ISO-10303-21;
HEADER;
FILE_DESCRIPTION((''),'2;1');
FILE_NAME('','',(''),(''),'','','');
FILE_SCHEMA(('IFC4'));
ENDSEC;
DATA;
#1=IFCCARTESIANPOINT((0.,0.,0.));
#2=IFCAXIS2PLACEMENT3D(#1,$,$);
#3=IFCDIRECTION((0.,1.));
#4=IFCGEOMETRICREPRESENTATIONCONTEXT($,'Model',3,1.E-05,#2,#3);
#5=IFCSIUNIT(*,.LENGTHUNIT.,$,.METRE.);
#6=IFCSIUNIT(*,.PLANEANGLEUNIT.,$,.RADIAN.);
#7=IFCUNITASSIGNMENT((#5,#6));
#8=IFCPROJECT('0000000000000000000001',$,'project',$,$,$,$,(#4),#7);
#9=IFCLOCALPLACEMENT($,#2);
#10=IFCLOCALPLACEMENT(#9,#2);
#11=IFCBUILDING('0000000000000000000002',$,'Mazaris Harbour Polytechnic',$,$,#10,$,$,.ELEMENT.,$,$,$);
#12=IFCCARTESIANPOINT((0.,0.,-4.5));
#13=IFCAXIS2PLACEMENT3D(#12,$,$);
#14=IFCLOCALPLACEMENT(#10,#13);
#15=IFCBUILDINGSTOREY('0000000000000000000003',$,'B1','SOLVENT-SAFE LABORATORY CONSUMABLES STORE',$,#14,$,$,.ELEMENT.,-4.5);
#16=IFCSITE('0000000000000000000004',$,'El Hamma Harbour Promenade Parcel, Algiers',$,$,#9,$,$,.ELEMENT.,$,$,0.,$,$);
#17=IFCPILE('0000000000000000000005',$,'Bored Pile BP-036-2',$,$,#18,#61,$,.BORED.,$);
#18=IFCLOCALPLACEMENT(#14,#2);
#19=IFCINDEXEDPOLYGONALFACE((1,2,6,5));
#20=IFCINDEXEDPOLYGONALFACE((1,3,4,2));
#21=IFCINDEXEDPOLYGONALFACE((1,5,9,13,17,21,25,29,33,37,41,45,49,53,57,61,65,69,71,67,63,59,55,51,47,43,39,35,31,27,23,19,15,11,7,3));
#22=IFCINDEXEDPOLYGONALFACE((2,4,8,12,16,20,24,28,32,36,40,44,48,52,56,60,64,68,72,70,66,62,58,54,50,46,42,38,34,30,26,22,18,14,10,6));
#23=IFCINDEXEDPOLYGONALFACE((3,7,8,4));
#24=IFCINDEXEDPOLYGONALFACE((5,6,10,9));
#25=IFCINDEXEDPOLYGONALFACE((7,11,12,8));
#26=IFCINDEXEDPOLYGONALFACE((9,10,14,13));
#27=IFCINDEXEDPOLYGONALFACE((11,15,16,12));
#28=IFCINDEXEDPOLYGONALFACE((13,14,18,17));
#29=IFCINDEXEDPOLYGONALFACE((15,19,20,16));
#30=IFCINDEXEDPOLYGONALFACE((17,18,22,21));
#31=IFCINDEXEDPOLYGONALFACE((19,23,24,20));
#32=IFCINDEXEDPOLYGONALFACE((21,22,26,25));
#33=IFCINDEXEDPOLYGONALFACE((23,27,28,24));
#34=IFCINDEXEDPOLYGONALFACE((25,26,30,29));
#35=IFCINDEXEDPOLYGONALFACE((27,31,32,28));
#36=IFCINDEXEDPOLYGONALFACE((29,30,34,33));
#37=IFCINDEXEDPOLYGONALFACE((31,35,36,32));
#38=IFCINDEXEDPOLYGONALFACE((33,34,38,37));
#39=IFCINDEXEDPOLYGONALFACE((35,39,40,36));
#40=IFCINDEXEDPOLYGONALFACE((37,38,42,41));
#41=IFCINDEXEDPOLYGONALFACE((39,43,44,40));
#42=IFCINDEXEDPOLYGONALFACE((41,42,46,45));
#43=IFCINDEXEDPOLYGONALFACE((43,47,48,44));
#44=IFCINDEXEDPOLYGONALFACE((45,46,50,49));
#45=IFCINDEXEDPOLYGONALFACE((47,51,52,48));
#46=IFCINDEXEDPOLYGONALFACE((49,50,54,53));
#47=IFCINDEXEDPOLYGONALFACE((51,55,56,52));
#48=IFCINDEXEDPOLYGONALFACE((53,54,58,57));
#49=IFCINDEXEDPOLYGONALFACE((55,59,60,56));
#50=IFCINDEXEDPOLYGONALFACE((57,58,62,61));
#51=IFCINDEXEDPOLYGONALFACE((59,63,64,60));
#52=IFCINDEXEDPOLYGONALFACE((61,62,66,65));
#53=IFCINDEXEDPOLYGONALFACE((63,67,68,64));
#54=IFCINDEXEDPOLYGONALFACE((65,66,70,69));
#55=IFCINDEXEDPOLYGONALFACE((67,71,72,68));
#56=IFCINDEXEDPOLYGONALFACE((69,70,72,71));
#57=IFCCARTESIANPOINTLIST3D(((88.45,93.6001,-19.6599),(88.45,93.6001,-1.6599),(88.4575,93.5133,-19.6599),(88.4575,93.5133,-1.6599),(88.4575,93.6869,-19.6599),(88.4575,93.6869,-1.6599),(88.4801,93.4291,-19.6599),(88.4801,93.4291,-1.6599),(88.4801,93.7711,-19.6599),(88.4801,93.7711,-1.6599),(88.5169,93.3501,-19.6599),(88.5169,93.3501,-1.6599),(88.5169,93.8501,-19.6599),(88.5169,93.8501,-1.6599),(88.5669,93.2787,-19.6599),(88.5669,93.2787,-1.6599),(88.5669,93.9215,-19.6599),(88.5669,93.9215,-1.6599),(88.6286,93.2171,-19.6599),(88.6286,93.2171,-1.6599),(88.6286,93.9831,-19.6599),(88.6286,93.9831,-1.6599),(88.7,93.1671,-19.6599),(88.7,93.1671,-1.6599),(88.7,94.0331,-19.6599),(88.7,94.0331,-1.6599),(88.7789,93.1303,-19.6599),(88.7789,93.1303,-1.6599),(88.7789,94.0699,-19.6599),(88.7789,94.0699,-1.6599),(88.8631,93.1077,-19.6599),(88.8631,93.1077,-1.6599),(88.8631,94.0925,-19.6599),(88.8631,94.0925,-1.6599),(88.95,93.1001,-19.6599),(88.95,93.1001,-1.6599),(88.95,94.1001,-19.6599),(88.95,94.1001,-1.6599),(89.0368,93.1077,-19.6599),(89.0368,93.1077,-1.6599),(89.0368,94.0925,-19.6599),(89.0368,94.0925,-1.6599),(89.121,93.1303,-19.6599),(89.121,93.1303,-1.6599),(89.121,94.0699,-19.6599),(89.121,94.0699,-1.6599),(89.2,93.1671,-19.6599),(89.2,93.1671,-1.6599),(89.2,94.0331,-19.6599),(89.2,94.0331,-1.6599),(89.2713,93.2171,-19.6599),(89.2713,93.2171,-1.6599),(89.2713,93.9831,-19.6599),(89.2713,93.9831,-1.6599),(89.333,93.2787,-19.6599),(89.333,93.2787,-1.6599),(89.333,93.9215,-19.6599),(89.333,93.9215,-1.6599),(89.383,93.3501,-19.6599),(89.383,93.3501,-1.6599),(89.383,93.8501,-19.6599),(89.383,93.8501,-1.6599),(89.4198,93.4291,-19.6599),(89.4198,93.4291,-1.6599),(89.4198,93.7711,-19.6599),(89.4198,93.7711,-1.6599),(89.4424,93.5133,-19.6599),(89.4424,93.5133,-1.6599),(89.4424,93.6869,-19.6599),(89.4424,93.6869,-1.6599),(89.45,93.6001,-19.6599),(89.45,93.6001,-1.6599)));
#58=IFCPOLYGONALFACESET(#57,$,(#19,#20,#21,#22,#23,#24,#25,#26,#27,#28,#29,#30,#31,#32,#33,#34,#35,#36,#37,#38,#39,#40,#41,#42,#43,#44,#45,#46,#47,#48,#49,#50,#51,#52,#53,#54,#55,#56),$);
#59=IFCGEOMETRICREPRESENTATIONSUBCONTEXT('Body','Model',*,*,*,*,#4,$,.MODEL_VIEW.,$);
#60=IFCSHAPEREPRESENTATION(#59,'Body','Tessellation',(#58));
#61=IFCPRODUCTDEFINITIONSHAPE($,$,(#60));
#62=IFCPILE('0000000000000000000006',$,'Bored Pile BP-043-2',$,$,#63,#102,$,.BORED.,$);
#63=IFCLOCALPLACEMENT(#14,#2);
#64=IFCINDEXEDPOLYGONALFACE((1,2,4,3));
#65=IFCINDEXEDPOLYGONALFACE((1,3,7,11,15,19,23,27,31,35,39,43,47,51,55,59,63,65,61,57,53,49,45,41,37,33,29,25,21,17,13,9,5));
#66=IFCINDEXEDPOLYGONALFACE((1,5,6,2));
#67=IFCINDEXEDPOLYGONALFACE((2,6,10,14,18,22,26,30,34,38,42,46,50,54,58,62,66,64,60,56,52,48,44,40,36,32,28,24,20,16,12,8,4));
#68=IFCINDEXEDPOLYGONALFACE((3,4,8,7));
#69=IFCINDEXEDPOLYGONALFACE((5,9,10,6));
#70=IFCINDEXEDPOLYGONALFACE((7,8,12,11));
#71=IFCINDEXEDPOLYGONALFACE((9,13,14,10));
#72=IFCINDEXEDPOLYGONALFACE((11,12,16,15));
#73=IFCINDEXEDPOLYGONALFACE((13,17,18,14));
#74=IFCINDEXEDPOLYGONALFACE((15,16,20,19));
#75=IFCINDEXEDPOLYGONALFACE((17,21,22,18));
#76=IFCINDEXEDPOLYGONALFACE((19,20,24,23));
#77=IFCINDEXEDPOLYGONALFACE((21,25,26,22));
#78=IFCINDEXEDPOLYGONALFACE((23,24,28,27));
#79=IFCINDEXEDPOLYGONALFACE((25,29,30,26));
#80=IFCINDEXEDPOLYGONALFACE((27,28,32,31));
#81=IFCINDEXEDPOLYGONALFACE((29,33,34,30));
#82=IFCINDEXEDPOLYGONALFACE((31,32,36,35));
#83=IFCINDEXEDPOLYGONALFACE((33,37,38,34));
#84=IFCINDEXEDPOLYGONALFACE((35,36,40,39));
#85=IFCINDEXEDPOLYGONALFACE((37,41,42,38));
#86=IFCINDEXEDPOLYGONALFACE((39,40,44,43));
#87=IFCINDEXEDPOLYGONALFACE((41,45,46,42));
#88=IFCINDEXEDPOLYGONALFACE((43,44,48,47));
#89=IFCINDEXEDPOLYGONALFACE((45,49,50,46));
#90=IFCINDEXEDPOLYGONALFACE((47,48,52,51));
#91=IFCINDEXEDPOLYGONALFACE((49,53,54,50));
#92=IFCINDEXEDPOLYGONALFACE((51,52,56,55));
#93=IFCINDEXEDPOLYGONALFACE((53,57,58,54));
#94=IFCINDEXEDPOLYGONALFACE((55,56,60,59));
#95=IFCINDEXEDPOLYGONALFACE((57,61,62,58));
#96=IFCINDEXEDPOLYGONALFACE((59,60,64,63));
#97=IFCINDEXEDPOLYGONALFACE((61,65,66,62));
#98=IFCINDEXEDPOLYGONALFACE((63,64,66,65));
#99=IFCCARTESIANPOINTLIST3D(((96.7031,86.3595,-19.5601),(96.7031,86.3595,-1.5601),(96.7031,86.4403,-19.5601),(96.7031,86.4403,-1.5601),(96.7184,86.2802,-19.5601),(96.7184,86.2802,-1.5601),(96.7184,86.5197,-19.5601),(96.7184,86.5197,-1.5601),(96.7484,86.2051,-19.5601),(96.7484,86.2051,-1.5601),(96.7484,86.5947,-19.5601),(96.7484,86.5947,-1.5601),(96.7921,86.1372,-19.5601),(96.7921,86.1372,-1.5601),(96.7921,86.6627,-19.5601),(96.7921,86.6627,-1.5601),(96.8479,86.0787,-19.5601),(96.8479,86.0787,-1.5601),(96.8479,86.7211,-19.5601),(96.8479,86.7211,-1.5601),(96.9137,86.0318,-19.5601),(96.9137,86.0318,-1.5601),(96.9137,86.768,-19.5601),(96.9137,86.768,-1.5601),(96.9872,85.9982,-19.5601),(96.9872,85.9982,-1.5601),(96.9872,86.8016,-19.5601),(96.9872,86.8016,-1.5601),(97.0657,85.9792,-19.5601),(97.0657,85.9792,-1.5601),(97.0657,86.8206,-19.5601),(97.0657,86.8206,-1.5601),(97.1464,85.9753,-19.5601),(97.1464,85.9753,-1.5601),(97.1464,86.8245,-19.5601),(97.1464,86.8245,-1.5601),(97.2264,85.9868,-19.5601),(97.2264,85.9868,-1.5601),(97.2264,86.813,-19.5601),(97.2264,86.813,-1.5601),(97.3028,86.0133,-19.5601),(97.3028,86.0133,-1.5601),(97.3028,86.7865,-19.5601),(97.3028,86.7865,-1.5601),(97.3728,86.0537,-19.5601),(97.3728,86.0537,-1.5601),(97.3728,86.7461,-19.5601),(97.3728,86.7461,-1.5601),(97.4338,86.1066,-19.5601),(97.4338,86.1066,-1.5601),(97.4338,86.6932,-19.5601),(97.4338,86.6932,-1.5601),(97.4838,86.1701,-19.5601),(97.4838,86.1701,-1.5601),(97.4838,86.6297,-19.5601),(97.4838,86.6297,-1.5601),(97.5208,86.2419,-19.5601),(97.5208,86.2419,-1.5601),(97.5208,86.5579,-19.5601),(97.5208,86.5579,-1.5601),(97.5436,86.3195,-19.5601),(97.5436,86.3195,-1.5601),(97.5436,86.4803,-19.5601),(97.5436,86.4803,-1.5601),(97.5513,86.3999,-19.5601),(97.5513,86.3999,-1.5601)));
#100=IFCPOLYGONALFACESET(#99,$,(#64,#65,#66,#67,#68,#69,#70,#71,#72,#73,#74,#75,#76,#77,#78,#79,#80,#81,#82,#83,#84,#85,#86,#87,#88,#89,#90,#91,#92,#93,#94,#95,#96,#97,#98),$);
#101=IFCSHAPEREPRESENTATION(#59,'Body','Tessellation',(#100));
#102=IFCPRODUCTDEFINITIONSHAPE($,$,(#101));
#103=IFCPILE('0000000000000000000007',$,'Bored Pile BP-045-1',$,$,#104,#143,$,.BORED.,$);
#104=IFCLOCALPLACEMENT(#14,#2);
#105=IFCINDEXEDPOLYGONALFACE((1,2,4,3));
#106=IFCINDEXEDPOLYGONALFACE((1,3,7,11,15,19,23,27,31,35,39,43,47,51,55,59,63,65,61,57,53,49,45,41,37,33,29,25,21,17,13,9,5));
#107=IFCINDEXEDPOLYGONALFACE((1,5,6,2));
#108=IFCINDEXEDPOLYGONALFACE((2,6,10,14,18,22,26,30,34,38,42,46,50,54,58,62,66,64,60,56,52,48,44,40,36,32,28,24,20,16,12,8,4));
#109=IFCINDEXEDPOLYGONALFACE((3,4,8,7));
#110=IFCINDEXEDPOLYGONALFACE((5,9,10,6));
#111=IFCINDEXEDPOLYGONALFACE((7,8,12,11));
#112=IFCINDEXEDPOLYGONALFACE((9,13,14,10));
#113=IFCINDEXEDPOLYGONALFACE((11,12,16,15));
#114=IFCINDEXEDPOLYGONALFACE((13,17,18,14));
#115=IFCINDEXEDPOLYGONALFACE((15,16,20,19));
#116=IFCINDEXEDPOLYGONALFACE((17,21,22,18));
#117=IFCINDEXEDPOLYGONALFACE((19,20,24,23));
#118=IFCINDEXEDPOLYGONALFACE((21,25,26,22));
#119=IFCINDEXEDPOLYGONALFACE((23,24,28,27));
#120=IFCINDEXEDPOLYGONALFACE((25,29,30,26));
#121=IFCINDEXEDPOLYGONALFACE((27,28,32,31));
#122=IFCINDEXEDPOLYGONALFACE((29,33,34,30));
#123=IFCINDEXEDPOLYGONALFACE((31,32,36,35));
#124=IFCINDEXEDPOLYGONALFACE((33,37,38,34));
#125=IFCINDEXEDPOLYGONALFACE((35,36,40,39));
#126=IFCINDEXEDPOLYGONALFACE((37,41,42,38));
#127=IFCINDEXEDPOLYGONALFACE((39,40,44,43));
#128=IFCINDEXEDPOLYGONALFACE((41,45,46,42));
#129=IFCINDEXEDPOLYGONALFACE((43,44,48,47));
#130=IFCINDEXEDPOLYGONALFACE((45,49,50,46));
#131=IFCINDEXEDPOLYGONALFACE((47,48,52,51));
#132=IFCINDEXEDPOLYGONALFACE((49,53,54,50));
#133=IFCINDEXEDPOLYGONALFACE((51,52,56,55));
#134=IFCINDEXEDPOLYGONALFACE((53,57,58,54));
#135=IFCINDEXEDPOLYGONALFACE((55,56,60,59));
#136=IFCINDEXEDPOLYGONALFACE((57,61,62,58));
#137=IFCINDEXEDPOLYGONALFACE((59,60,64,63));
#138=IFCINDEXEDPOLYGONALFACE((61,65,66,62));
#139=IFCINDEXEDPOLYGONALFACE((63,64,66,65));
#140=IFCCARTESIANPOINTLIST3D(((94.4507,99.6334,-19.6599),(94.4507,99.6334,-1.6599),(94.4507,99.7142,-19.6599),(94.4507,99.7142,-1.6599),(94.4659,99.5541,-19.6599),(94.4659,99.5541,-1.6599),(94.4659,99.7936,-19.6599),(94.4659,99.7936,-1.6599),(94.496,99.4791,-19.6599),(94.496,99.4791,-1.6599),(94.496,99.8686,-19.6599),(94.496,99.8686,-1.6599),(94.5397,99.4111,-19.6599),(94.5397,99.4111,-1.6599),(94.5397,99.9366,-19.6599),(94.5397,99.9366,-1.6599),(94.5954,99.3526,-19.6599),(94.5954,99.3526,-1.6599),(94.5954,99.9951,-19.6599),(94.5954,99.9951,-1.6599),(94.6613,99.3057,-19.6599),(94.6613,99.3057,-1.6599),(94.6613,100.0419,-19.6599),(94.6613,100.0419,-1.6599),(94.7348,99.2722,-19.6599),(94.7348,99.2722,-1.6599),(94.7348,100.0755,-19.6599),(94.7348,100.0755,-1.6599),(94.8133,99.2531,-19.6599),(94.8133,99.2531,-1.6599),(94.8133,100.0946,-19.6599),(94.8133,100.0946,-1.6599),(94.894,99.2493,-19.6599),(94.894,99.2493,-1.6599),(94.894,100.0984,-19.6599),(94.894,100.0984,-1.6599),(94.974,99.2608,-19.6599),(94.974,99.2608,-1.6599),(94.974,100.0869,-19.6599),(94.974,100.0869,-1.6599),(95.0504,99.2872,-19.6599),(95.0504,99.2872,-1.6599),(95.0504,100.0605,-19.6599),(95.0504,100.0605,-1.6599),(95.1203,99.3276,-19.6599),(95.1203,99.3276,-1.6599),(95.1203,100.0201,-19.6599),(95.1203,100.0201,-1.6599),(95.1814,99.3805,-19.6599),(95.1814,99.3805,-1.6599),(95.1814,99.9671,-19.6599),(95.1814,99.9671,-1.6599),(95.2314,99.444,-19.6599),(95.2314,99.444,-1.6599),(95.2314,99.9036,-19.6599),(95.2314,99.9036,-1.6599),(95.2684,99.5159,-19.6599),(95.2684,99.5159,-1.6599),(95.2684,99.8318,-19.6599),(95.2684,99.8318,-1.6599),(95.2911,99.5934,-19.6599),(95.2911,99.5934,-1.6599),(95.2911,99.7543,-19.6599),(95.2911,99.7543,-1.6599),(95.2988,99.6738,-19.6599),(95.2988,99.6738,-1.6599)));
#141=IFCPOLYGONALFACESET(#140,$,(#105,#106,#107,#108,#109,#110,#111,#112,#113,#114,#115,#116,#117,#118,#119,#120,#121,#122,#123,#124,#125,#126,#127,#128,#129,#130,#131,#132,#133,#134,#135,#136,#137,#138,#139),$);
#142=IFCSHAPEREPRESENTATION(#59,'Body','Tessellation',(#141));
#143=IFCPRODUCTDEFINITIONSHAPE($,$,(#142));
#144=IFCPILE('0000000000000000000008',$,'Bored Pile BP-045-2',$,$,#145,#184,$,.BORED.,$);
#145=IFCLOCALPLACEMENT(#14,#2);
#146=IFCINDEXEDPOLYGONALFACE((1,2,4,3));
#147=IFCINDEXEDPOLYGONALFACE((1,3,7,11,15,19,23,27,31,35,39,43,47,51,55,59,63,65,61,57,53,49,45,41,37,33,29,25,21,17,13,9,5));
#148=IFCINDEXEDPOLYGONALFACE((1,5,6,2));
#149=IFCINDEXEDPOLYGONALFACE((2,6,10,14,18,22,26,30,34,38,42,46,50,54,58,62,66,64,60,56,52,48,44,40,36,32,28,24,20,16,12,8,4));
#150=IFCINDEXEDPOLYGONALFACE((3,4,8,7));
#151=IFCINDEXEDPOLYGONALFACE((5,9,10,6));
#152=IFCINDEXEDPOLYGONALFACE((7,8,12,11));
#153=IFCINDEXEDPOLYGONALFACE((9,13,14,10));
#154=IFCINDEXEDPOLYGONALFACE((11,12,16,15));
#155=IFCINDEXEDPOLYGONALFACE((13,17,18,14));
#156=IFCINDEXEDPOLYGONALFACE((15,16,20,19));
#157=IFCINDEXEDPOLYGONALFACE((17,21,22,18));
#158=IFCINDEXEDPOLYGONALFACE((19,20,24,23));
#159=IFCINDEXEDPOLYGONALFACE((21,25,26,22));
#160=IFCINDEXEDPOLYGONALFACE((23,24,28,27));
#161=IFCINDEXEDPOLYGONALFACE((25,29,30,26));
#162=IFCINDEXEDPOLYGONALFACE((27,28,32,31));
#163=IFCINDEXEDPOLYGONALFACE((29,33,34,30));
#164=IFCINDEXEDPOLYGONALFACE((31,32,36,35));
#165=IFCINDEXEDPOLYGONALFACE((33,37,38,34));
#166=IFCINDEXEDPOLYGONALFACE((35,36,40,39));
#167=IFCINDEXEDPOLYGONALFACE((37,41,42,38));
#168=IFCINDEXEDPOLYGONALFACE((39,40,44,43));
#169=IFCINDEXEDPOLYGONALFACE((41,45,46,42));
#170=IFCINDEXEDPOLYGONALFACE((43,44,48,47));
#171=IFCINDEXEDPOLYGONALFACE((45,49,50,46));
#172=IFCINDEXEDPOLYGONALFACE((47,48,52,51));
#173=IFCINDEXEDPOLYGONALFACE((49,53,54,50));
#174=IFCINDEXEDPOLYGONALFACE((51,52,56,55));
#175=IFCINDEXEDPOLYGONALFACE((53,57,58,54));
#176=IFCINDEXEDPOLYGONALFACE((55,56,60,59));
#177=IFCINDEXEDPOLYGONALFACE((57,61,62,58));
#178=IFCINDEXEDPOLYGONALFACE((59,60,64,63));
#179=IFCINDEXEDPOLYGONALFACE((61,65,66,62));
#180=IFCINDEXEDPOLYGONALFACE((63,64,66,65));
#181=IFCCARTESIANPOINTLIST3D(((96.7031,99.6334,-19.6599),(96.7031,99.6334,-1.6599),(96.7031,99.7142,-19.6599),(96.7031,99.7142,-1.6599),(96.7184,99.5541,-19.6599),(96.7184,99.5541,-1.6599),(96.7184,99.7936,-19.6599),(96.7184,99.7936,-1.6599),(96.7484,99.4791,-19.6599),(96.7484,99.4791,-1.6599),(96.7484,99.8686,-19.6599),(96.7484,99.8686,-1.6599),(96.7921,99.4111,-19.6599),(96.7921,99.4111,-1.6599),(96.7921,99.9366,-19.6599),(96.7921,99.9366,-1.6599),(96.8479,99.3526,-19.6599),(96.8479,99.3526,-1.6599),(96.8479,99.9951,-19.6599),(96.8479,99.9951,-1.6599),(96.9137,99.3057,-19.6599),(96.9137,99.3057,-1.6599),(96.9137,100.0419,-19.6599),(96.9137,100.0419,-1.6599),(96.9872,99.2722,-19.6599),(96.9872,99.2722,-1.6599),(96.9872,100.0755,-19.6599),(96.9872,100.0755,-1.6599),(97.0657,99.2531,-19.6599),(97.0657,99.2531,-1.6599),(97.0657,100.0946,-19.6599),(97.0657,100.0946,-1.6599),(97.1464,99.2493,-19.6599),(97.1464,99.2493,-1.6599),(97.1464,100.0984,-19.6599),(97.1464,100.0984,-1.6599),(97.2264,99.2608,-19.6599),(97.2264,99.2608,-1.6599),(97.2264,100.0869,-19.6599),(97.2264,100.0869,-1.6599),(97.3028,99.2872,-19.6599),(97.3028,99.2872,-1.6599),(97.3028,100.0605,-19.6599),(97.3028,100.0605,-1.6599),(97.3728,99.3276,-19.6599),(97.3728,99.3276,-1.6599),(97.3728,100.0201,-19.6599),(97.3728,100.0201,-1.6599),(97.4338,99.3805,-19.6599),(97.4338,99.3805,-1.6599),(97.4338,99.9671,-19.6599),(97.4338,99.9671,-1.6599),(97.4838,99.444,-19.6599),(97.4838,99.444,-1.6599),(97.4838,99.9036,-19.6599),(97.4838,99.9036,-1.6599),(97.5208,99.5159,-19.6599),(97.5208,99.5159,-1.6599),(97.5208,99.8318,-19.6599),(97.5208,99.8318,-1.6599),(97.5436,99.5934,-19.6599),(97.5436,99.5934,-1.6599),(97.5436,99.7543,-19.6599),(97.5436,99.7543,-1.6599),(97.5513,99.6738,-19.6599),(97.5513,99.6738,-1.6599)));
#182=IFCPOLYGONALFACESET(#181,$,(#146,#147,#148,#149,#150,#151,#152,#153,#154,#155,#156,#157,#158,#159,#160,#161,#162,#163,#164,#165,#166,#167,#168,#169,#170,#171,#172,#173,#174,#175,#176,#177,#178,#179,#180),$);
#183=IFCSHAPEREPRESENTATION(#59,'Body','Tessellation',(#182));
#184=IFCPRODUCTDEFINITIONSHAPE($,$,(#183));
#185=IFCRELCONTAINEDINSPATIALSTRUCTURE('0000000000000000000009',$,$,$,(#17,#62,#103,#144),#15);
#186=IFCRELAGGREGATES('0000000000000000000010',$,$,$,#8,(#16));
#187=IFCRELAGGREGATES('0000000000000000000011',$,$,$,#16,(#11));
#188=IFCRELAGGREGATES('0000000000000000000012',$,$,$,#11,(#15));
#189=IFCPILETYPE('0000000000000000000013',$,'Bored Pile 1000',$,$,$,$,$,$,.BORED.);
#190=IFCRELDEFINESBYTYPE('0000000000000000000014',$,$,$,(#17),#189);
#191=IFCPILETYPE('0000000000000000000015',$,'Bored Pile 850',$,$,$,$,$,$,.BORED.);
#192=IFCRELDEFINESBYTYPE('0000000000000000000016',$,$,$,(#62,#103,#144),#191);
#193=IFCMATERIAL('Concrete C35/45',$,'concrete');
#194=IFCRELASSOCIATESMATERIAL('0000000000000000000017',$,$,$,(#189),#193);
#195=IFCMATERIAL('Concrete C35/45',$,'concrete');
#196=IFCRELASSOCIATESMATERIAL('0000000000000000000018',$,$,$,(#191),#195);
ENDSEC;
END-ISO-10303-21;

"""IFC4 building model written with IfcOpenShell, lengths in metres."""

from ifc_helpers import new_model, si_unit, direction, frame, origin, origin_2d, place, context, subcontext, project, spatial, circle, extrude, material, material_profile, profile_set, type_object, element, save


model = new_model("IFC4")

# Units and contexts
model_context = context("Model", 3, precision=1e-05, world=origin(), true_north=direction((0.0, 1.0)))
body_context = subcontext(model_context, "Body", "Model", "MODEL_VIEW")
ifc_project = project(units=[si_unit("LENGTHUNIT", "METRE"), si_unit("PLANEANGLEUNIT", "RADIAN")], contexts=[model_context])

# Site, building, storey
site_placement = place(None, origin())
site = spatial("IfcSite", under=ifc_project, at=site_placement, Name="El Hamma Harbour Promenade Parcel, Algiers", CompositionType="ELEMENT", RefElevation=0.0)
building_placement = place(site_placement, origin())
building = spatial("IfcBuilding", under=site, at=building_placement, Name="Mazaris Harbour Polytechnic", CompositionType="ELEMENT")
storey_placement = place(building_placement, frame((0.0, 0.0, -4.5)))
storey = spatial("IfcBuildingStorey", under=building, at=storey_placement, Name="B1", Description="SOLVENT-SAFE LABORATORY CONSUMABLES STORE", CompositionType="ELEMENT", Elevation=-4.5)

# Piles
ifc_material_1 = material(Name="Concrete C35/45", Category="concrete")
ifc_material_profile_1 = material_profile(ifc_material_1, circle(Radius=0.5, at=origin_2d()), Name="DIA1000")
ifc_profile_set_1 = profile_set([ifc_material_profile_1], Name="Concrete C35/45")
pile_type_1 = type_object("IfcPileType", Name="Bored Pile 1000", PredefinedType="BORED", material=ifc_profile_set_1)
pile_placement = place(storey_placement, frame((88.95, 93.6001, -1.6599), z_axis=(0.0, 0.0, -1.0), x_axis=(1.0, 0.0, 0.0)))
element("IfcPile", 1, at=pile_placement, inside=storey, type_object=pile_type_1, Name="Bored Pile BP-036-2", PredefinedType="BORED", context=body_context, shape_type="SweptSolid", body=[
    extrude(circle(Radius=0.5, at=origin_2d()), origin(), (0.0, 0.0, 1.0), 18.0),
])
ifc_material_2 = material(Name="Concrete C35/45", Category="concrete")
ifc_material_profile_2 = material_profile(ifc_material_2, circle(Radius=0.425, at=origin_2d()), Name="DIA850")
ifc_profile_set_2 = profile_set([ifc_material_profile_2], Name="Concrete C35/45")
pile_type_2 = type_object("IfcPileType", Name="Bored Pile 850", PredefinedType="BORED", material=ifc_profile_set_2)
for number, where, z_axis, x_axis, name in (
    (2, (97.1262, 86.3999, -1.5601), (0.0, 0.0, -1.0), (1.0, 0.0, 0.0), "Bored Pile BP-043-2"),
    (3, (94.8738, 99.6738, -1.6599), (0.0, 0.0, -1.0), (1.0, 0.0, 0.0), "Bored Pile BP-045-1"),
    (4, (97.1262, 99.6738, -1.6599), (0.0, 0.0, -1.0), (1.0, 0.0, 0.0), "Bored Pile BP-045-2"),
):
    element("IfcPile", number, at=place(storey_placement, frame(where, z_axis=z_axis, x_axis=x_axis)), inside=storey, type_object=pile_type_2, Name=name, PredefinedType="BORED", context=body_context, shape_type="SweptSolid", body=[
        extrude(circle(Radius=0.425, at=origin_2d()), origin(), (0.0, 0.0, 1.0), 18.0),
    ])

save(model, "model.ifc")
